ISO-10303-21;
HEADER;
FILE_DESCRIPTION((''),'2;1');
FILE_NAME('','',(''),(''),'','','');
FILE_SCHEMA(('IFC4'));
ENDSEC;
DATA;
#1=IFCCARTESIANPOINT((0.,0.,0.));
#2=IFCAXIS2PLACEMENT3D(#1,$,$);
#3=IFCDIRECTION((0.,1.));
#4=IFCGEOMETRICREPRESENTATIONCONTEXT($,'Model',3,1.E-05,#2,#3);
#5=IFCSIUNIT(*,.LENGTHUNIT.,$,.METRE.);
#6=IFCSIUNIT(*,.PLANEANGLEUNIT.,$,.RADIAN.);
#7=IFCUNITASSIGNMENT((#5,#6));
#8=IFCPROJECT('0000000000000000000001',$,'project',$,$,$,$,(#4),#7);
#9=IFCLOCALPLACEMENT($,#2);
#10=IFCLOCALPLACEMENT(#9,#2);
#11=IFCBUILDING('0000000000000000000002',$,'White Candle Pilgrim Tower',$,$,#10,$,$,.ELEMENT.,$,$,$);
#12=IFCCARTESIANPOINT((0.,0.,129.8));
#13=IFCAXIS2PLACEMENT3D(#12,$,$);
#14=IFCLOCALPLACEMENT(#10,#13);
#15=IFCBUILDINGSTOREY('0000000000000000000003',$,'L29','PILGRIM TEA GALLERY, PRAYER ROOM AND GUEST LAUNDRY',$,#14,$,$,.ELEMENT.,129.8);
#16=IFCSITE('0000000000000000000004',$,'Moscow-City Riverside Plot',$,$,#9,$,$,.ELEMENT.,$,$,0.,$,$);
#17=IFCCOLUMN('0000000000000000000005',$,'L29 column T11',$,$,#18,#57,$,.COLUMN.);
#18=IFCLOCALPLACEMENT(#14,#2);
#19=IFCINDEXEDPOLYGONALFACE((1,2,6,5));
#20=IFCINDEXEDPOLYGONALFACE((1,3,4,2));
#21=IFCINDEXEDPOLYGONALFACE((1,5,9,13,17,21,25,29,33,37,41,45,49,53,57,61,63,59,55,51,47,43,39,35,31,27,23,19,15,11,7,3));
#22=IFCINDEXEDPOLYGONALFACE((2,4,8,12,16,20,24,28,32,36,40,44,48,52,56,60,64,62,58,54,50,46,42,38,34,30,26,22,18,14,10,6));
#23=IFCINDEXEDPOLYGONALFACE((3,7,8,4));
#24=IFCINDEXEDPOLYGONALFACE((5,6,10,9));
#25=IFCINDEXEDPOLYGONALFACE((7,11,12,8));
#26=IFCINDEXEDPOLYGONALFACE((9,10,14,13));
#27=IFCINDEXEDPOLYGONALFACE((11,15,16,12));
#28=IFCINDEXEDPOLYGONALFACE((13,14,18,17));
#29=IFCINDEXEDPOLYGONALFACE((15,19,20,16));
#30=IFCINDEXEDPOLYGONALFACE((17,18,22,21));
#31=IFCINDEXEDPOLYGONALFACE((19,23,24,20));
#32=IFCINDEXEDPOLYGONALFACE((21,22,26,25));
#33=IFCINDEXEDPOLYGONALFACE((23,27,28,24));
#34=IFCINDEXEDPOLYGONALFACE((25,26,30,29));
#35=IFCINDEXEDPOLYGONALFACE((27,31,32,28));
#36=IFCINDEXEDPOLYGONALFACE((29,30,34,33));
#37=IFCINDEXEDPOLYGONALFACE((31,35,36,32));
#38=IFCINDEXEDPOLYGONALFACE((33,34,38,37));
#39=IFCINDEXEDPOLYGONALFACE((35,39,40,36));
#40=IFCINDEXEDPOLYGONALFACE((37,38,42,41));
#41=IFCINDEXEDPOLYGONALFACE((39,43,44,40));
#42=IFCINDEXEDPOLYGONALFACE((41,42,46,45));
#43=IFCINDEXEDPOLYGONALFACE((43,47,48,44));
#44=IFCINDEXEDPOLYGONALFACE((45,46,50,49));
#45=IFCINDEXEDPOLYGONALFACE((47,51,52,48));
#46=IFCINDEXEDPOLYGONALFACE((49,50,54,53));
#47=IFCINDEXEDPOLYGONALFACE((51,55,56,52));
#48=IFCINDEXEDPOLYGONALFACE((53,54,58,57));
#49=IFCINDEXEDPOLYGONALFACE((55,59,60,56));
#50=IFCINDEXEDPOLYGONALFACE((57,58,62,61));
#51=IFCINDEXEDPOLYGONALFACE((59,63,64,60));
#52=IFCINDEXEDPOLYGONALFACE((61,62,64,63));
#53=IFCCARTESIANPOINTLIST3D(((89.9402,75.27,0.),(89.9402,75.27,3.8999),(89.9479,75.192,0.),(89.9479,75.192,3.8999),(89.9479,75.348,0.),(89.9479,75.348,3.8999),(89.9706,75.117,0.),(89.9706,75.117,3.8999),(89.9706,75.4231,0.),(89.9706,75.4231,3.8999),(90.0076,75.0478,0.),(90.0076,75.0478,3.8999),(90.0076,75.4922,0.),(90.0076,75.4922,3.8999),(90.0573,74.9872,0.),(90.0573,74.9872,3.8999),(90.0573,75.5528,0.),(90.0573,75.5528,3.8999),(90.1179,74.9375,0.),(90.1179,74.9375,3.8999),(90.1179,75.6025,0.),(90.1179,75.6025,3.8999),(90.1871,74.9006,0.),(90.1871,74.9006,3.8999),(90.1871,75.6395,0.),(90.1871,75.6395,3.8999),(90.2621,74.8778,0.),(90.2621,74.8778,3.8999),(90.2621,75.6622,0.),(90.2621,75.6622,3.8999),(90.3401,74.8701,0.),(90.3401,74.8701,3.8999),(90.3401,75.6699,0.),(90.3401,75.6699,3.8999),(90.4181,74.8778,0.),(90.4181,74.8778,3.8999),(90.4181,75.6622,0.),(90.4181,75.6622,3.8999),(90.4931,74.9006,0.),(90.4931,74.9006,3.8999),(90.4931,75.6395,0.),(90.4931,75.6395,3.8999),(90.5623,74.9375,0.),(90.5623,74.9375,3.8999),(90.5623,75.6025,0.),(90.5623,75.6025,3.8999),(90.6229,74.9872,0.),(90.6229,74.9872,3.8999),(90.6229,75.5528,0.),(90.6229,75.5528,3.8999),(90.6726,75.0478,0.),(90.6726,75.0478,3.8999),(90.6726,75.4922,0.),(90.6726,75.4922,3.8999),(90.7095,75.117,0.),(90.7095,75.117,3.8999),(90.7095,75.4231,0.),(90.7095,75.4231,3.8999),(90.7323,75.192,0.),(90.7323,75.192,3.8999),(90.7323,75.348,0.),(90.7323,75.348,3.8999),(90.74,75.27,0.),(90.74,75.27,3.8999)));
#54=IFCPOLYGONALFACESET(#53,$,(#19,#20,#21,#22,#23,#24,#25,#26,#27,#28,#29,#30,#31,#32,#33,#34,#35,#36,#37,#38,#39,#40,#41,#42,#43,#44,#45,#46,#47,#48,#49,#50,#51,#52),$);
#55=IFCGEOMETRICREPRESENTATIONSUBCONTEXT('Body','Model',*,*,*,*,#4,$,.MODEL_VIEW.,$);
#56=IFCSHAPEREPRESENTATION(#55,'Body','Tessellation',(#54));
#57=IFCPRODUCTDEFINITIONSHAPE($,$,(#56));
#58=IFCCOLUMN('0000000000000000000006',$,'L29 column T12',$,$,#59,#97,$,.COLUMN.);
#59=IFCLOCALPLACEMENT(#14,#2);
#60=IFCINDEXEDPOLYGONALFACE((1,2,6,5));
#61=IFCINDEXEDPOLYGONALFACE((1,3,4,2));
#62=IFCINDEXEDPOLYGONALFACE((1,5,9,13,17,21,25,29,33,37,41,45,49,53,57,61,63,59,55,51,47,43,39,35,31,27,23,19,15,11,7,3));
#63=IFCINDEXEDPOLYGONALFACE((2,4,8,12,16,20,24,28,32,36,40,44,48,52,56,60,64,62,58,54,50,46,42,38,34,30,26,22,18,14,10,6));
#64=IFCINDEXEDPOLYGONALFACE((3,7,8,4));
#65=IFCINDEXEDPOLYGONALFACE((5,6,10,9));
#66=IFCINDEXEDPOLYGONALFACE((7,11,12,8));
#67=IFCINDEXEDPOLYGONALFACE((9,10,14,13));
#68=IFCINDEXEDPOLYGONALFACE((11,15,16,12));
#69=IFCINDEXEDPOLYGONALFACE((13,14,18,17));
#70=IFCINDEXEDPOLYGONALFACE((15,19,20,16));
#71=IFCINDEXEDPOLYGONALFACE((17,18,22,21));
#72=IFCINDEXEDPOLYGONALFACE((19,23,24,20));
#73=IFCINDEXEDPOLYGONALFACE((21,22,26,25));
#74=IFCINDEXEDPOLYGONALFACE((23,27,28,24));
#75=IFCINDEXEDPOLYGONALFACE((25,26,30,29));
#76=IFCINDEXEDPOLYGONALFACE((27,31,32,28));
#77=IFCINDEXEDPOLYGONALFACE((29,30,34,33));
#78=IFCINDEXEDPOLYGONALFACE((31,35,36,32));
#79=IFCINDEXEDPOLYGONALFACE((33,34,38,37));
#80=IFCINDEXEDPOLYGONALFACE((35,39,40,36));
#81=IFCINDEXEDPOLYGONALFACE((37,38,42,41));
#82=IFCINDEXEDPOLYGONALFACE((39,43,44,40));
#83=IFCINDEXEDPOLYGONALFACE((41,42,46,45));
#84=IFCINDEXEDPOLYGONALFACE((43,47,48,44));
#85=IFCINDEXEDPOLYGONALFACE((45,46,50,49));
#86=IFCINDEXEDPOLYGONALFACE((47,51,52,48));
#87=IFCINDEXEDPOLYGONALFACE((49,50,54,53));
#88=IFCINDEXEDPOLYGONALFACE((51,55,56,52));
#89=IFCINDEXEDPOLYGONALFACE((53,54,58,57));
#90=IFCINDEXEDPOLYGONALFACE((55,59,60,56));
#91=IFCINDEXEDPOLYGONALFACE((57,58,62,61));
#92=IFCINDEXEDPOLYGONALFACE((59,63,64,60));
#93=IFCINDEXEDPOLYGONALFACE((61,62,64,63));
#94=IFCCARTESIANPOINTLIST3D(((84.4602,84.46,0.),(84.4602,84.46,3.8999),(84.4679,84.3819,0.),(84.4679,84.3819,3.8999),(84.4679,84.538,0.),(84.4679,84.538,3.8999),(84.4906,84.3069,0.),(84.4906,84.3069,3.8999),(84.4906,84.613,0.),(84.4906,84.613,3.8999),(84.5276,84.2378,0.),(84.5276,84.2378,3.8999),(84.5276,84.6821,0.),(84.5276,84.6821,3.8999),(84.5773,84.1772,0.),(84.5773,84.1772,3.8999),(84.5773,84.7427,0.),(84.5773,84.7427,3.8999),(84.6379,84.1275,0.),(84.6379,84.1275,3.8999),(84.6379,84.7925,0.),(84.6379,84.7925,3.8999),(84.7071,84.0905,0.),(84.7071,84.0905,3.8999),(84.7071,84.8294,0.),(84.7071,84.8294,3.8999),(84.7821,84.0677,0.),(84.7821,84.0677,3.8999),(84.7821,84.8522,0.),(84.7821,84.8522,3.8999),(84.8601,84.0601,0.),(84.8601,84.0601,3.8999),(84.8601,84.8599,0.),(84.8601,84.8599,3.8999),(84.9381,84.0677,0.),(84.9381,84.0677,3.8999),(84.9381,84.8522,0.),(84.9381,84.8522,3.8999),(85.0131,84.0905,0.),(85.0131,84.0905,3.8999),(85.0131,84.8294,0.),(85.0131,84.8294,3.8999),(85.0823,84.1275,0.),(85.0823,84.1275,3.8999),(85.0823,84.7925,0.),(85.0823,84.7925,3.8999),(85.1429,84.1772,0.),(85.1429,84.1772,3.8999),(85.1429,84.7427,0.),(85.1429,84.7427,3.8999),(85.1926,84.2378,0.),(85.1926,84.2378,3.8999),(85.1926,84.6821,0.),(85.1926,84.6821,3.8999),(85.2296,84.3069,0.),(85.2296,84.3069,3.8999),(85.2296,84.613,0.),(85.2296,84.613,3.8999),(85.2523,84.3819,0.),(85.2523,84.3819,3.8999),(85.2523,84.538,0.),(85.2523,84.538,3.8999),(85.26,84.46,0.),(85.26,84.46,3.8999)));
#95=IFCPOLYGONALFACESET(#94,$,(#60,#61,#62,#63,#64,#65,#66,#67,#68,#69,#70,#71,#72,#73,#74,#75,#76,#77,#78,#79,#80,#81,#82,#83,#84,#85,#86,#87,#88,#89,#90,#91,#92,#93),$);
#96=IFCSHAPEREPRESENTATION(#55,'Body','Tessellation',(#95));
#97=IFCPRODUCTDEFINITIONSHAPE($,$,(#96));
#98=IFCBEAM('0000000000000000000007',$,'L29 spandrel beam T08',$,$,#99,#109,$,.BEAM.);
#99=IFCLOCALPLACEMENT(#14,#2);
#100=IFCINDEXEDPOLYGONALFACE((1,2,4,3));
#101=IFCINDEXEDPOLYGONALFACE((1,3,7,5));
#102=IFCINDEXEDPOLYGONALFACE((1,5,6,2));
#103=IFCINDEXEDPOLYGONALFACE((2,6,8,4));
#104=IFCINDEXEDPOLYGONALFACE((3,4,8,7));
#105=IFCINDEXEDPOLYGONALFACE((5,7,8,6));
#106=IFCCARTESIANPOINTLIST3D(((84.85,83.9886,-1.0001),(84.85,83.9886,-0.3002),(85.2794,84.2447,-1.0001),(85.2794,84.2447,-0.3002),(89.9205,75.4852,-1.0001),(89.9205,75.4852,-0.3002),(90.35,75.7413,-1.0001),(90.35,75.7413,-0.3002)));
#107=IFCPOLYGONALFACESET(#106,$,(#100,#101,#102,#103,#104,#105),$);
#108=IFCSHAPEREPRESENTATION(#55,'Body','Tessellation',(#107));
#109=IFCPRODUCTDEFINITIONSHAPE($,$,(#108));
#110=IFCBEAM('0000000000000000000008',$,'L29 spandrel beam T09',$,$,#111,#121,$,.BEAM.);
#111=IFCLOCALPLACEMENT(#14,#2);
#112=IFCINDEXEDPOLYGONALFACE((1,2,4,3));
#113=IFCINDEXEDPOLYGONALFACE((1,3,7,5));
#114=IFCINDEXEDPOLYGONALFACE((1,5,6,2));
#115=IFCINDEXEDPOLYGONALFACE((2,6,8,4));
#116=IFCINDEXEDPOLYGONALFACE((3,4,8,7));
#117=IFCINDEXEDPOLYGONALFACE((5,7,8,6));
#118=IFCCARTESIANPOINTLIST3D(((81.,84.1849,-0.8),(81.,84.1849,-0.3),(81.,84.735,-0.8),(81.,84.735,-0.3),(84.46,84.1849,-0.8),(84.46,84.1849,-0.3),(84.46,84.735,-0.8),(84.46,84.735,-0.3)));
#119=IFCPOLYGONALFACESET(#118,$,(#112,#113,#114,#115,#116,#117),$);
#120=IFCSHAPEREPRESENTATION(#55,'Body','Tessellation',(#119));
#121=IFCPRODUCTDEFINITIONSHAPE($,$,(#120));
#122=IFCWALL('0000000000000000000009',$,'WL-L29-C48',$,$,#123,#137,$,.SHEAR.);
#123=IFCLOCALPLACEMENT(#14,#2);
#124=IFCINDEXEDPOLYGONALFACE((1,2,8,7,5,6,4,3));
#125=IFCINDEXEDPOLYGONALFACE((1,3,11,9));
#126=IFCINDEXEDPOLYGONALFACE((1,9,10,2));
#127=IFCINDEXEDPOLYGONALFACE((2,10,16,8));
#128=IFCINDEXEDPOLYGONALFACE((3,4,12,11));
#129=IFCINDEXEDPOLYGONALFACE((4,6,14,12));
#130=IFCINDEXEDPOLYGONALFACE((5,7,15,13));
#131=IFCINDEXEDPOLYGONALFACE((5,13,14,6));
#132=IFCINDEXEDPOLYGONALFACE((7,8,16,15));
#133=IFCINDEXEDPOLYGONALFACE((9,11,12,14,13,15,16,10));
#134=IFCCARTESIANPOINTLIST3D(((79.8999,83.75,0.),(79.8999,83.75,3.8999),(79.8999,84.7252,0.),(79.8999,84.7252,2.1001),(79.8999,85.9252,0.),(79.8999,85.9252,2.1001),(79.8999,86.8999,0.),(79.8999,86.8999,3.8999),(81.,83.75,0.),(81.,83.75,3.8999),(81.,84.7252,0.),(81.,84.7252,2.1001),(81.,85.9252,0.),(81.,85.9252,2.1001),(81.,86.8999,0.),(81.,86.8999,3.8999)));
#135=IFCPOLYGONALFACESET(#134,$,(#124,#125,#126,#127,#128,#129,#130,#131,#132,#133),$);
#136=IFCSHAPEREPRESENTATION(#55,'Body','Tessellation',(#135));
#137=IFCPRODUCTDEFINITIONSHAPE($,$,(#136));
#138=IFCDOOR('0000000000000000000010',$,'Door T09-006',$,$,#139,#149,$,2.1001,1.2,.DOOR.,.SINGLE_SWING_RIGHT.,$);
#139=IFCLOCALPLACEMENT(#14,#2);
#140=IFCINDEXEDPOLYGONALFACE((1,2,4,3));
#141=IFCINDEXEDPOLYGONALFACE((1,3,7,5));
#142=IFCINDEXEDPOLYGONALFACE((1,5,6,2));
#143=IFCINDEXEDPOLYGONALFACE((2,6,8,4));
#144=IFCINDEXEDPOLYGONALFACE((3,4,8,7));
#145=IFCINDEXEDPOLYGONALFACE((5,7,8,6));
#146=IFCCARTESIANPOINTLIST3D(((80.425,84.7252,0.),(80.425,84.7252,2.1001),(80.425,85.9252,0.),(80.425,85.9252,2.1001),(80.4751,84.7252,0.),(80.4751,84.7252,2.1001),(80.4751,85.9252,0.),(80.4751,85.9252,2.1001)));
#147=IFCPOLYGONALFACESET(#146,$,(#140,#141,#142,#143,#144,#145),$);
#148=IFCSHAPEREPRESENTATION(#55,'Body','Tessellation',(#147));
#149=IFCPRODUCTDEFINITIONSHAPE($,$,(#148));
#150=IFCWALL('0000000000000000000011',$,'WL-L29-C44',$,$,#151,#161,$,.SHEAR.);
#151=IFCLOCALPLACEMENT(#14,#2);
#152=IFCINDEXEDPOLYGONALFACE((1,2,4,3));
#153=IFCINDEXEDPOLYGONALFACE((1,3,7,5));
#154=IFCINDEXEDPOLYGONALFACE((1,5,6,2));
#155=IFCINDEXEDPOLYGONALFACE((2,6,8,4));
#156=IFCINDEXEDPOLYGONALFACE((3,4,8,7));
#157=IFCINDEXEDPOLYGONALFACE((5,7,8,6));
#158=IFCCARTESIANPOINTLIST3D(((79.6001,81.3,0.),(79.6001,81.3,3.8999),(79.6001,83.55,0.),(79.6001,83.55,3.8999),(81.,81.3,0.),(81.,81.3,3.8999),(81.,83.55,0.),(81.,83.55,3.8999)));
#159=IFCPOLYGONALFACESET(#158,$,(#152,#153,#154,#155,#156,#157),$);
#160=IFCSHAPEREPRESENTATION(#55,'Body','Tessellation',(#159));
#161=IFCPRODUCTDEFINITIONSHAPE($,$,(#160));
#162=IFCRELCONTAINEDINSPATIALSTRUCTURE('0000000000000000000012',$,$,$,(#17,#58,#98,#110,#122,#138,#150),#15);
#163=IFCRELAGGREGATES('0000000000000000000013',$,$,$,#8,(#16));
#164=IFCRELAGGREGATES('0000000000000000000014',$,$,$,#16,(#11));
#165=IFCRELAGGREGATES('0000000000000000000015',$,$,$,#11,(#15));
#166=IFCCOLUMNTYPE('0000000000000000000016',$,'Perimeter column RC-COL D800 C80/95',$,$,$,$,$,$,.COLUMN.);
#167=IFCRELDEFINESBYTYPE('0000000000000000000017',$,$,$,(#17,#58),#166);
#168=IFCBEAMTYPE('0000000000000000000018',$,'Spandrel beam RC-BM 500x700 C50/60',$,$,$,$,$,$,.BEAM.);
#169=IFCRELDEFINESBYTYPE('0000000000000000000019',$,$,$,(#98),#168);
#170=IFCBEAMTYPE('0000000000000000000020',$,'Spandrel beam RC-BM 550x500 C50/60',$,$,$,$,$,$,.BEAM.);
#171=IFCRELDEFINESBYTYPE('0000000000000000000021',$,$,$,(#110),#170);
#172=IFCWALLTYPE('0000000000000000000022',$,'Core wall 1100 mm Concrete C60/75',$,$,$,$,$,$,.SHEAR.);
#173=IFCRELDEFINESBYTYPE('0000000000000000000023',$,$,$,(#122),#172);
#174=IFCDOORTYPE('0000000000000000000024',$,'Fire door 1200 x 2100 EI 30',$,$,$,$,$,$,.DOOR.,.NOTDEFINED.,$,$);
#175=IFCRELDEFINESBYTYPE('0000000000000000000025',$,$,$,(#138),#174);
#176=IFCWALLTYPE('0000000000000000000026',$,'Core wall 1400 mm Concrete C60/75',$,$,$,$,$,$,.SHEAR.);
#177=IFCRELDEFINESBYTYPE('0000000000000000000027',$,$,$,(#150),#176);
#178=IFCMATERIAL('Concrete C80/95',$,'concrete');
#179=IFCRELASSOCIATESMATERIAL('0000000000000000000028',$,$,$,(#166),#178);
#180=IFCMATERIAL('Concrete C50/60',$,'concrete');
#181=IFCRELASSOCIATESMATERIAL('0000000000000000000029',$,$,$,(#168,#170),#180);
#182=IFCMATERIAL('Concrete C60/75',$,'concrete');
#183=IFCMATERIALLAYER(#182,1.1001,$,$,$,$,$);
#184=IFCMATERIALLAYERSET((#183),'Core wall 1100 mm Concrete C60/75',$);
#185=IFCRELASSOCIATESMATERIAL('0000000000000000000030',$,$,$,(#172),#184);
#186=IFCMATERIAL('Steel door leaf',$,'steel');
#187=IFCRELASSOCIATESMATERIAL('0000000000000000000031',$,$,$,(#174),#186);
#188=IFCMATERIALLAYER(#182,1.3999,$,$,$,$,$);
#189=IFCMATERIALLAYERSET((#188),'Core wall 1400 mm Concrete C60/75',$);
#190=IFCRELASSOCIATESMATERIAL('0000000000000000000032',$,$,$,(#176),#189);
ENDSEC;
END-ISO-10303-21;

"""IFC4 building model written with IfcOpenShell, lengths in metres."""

from ifc_helpers import new_model, si_unit, direction, frame, frame_2d, origin, origin_2d, place, context, subcontext, project, spatial, rectangle, circle, extrude, material, layer, layer_set, material_profile, profile_set, type_object, element, fill, save


model = new_model("IFC4")

# Units and contexts
model_context = context("Model", 3, precision=1e-05, world=origin(), true_north=direction((0.0, 1.0)))
body_context = subcontext(model_context, "Body", "Model", "MODEL_VIEW")
ifc_project = project(units=[si_unit("LENGTHUNIT", "METRE"), si_unit("PLANEANGLEUNIT", "RADIAN")], contexts=[model_context])

# Site, building, storey
site_placement = place(None, origin())
site = spatial("IfcSite", under=ifc_project, at=site_placement, Name="Moscow-City Riverside Plot", CompositionType="ELEMENT", RefElevation=0.0)
building_placement = place(site_placement, origin())
building = spatial("IfcBuilding", under=site, at=building_placement, Name="White Candle Pilgrim Tower", CompositionType="ELEMENT")
storey_placement = place(building_placement, frame((0.0, 0.0, 129.8)))
storey = spatial("IfcBuildingStorey", under=building, at=storey_placement, Name="L29", Description="PILGRIM TEA GALLERY, PRAYER ROOM AND GUEST LAUNDRY", CompositionType="ELEMENT", Elevation=129.8)

# Columns
ifc_material_1 = material(Name="Concrete C80/95", Category="concrete")
ifc_material_profile_1 = material_profile(ifc_material_1, circle(Radius=0.3999, at=origin_2d()), Name="RC-COL D800")
ifc_profile_set_1 = profile_set([ifc_material_profile_1], Name="Concrete C80/95")
column_type = type_object("IfcColumnType", Name="Perimeter column RC-COL D800 C80/95", PredefinedType="COLUMN", material=ifc_profile_set_1)
for number, where, z_axis, x_axis, name in (
    (1, (90.3401, 75.27, 0.0), (0.0, 0.0, 1.0), (1.0, 0.0, 0.0), "L29 column T11"),
    (2, (84.8601, 84.46, 0.0), (0.0, 0.0, 1.0), (1.0, 0.0, 0.0), "L29 column T12"),
):
    element("IfcColumn", number, at=place(storey_placement, frame(where, z_axis=z_axis, x_axis=x_axis)), inside=storey, type_object=column_type, Name=name, PredefinedType="COLUMN", context=body_context, shape_type="SweptSolid", body=[
        extrude(circle(Radius=0.3999, at=origin_2d()), origin(), (0.0, 0.0, 1.0), 3.8999),
    ])

# Beams
ifc_material_2 = material(Name="Concrete C50/60", Category="concrete")
ifc_material_profile_2 = material_profile(ifc_material_2, rectangle(XDim=0.5, YDim=0.7, at=origin_2d()), Name="RC-BM 500x700")
ifc_profile_set_2 = profile_set([ifc_material_profile_2], Name="Concrete C50/60")
beam_type_1 = type_object("IfcBeamType", Name="Spandrel beam RC-BM 500x700 C50/60", PredefinedType="BEAM", material=ifc_profile_set_2)
beam_1_placement = place(storey_placement, frame((90.1353, 75.6133, -0.6501), z_axis=(-0.512155, 0.858893, 0.0), x_axis=(-0.858893, -0.512155, 0.0)))
element("IfcBeam", 3, at=beam_1_placement, inside=storey, type_object=beam_type_1, Name="L29 spandrel beam T08", PredefinedType="BEAM", context=body_context, shape_type="SweptSolid", body=[
    extrude(rectangle(XDim=0.5, YDim=0.7, at=origin_2d()), origin(), (0.0, 0.0, 1.0), 9.9004),
])
ifc_material_profile_3 = material_profile(ifc_material_2, rectangle(XDim=0.55, YDim=0.5, at=origin_2d()), Name="RC-BM 550x500")
ifc_profile_set_3 = profile_set([ifc_material_profile_3], Name="Concrete C50/60")
beam_type_2 = type_object("IfcBeamType", Name="Spandrel beam RC-BM 550x500 C50/60", PredefinedType="BEAM", material=ifc_profile_set_3)
beam_2_placement = place(storey_placement, frame((84.46, 84.46, -0.55), z_axis=(-1.0, 0.0, 0.0), x_axis=(0.0, -1.0, 0.0)))
element("IfcBeam", 4, at=beam_2_placement, inside=storey, type_object=beam_type_2, Name="L29 spandrel beam T09", PredefinedType="BEAM", context=body_context, shape_type="SweptSolid", body=[
    extrude(rectangle(XDim=0.55, YDim=0.5, at=origin_2d()), origin(), (0.0, 0.0, 1.0), 3.46),
])

# Wall, opening, door
ifc_material_3 = material(Name="Concrete C60/75", Category="concrete")
ifc_layer_1 = layer(ifc_material_3, 1.1001)
ifc_layer_set_1 = layer_set([ifc_layer_1], Name="Core wall 1100 mm Concrete C60/75")
wall_type_1 = type_object("IfcWallType", Name="Core wall 1100 mm Concrete C60/75", PredefinedType="SHEAR", material=ifc_layer_set_1)
wall_1_placement = place(storey_placement, frame((80.45, 83.75, 0.0), z_axis=(0.0, 0.0, 1.0), x_axis=(0.0, 1.0, 0.0)))
wall_1 = element("IfcWall", 5, at=wall_1_placement, inside=storey, type_object=wall_type_1, Name="WL-L29-C48", PredefinedType="SHEAR", context=body_context, shape_type="SweptSolid", body=[
    extrude(rectangle(XDim=3.1499, YDim=1.1001, at=frame_2d((1.575, 0.0))), origin(), (0.0, 0.0, 1.0), 3.8999),
])
opening_1_placement = place(wall_1_placement, frame((0.9751, 0.0, 0.0)))
opening_1 = element("IfcOpeningElement", 6, at=opening_1_placement, cuts=wall_1, PredefinedType="OPENING", context=body_context, shape_type="SweptSolid", body=[
    extrude(rectangle(XDim=1.2, YDim=2.1001, at=frame_2d((0.6001, 1.05))), frame((0.0, 0.5601, 0.0), z_axis=(0.0, -1.0, 0.0), x_axis=(1.0, 0.0, 0.0)), (0.0, 0.0, 1.0), 1.1201),
])
ifc_material_4 = material(Name="Steel door leaf", Category="steel")
door_type_1 = type_object("IfcDoorType", Name="Fire door 1200 x 2100 EI 30", OperationType="NOTDEFINED", PredefinedType="DOOR", material=ifc_material_4)
door_1_placement = place(opening_1_placement, origin())
door_1 = element("IfcDoor", 7, at=door_1_placement, inside=storey, type_object=door_type_1, Name="Door T09-006", OperationType="SINGLE_SWING_RIGHT", OverallHeight=2.1001, OverallWidth=1.2, PredefinedType="DOOR", context=body_context, shape_type="SweptSolid", body=[
    extrude(rectangle(XDim=1.2, YDim=2.1001, at=frame_2d((0.6001, 1.05))), frame((0.0, 0.0249, 0.0), z_axis=(0.0, -1.0, 0.0), x_axis=(1.0, 0.0, 0.0)), (0.0, 0.0, 1.0), 0.05),
])
fill(opening_1, door_1)

# Wall
ifc_layer_2 = layer(ifc_material_3, 1.3999)
ifc_layer_set_2 = layer_set([ifc_layer_2], Name="Core wall 1400 mm Concrete C60/75")
wall_type_2 = type_object("IfcWallType", Name="Core wall 1400 mm Concrete C60/75", PredefinedType="SHEAR", material=ifc_layer_set_2)
wall_2_placement = place(storey_placement, frame((80.3, 81.3, 0.0), z_axis=(0.0, 0.0, 1.0), x_axis=(0.0, 1.0, 0.0)))
element("IfcWall", 8, at=wall_2_placement, inside=storey, type_object=wall_type_2, Name="WL-L29-C44", PredefinedType="SHEAR", context=body_context, shape_type="SweptSolid", body=[
    extrude(rectangle(XDim=2.25, YDim=1.3999, at=frame_2d((1.125, 0.0))), origin(), (0.0, 0.0, 1.0), 3.8999),
])

save(model, "model.ifc")
